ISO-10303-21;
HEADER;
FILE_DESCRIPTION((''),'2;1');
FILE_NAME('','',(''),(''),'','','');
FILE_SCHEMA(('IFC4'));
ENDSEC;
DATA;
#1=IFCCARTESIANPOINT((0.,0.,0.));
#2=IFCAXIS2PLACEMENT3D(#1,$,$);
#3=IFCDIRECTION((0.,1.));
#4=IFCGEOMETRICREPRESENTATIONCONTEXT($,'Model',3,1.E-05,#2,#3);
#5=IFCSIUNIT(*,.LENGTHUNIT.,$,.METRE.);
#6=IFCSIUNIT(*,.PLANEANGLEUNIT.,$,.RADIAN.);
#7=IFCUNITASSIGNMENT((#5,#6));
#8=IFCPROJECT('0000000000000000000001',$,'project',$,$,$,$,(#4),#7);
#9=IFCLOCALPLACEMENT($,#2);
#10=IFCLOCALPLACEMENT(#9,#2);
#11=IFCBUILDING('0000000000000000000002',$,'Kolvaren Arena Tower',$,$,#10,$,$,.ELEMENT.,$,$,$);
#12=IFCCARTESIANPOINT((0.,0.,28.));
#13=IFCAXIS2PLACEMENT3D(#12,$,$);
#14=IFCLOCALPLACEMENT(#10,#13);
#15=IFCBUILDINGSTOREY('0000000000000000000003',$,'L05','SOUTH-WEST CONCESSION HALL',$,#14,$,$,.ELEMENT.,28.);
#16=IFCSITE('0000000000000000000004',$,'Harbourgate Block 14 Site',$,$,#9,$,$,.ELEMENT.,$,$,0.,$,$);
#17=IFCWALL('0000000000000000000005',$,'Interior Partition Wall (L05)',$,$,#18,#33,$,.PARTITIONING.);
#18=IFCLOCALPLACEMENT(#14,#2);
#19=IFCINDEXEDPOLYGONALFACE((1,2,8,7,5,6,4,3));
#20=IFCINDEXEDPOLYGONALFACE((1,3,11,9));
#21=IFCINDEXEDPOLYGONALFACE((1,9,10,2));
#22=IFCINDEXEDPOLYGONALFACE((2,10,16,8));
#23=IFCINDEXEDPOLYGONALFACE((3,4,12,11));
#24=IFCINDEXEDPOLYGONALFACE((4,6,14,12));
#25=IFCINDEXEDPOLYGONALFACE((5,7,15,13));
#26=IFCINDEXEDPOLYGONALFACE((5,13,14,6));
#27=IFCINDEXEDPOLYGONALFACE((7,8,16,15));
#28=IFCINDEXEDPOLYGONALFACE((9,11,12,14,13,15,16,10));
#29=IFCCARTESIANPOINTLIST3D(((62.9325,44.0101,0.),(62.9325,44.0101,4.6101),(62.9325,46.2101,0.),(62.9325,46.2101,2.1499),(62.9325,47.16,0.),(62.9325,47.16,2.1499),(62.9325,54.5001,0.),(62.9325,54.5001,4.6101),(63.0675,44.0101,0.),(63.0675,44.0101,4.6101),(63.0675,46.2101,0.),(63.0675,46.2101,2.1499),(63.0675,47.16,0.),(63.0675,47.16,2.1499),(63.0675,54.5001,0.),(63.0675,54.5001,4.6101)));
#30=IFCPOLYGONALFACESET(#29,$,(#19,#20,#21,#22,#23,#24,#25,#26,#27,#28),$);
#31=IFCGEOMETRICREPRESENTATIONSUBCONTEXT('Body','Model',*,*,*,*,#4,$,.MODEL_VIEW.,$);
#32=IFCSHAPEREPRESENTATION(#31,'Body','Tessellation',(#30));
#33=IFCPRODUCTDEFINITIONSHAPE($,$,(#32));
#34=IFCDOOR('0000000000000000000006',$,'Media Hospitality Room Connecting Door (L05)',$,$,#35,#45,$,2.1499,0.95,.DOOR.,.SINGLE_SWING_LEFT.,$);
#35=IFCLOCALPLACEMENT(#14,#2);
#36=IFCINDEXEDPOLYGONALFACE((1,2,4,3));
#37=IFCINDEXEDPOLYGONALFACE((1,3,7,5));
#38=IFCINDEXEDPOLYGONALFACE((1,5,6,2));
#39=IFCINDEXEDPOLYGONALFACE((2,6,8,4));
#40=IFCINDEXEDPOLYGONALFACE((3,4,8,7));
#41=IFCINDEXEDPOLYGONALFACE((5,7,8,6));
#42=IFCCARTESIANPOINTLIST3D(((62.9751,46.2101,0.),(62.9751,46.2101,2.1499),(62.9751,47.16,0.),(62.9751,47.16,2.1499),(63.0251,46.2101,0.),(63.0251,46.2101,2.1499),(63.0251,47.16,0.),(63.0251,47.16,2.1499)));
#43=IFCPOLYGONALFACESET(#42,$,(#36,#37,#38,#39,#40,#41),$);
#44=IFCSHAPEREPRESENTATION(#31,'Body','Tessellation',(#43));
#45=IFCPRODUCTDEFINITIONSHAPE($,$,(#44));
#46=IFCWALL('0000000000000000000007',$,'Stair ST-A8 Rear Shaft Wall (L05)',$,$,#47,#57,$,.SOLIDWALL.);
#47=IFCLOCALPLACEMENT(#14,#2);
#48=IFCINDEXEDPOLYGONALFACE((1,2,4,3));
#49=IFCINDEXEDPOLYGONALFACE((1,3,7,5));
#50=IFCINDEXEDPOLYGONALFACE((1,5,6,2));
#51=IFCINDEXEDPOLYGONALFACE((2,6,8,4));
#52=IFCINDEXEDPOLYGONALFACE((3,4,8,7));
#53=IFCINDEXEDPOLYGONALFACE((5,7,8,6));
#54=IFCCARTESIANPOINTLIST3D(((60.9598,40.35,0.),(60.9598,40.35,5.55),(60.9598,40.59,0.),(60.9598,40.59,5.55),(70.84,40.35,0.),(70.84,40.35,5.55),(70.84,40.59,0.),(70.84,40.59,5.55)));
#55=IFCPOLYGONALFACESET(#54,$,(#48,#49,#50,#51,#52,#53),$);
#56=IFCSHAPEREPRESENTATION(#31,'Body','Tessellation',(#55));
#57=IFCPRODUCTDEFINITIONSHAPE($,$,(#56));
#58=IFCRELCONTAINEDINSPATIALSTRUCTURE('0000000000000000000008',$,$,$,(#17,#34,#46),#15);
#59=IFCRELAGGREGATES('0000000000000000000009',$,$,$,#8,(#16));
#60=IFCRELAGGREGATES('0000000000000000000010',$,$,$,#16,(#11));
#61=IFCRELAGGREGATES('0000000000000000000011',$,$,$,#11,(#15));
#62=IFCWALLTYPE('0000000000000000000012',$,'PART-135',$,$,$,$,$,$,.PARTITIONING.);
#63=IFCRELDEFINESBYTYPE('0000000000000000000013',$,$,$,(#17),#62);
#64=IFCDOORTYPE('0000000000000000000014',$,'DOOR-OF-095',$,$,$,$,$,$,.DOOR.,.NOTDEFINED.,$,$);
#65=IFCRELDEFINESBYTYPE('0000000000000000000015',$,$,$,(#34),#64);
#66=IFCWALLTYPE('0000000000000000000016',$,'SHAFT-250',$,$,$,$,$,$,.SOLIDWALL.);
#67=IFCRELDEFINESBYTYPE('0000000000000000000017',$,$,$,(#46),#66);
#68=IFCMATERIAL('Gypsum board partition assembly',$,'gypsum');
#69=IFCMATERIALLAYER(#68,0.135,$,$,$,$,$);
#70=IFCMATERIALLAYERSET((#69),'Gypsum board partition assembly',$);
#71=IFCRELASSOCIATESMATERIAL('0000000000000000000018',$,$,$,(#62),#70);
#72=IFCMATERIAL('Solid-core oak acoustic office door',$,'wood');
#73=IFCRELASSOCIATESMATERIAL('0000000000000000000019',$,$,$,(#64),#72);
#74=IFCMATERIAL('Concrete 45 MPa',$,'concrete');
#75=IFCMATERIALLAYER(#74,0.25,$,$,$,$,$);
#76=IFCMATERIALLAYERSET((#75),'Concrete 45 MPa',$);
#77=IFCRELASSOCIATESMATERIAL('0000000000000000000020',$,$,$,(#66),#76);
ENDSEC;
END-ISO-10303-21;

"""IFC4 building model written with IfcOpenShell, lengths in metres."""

from ifc_helpers import new_model, si_unit, direction, frame, frame_2d, origin, place, context, subcontext, project, spatial, rectangle, extrude, material, layer, layer_set, type_object, element, fill, save


model = new_model("IFC4")

# Units and contexts
model_context = context("Model", 3, precision=1e-05, world=origin(), true_north=direction((0.0, 1.0)))
body_context = subcontext(model_context, "Body", "Model", "MODEL_VIEW")
ifc_project = project(units=[si_unit("LENGTHUNIT", "METRE"), si_unit("PLANEANGLEUNIT", "RADIAN")], contexts=[model_context])

# Site, building, storey
site_placement = place(None, origin())
site = spatial("IfcSite", under=ifc_project, at=site_placement, Name="Harbourgate Block 14 Site", CompositionType="ELEMENT", RefElevation=0.0)
building_placement = place(site_placement, origin())
building = spatial("IfcBuilding", under=site, at=building_placement, Name="Kolvaren Arena Tower", CompositionType="ELEMENT")
storey_placement = place(building_placement, frame((0.0, 0.0, 28.0)))
storey = spatial("IfcBuildingStorey", under=building, at=storey_placement, Name="L05", Description="SOUTH-WEST CONCESSION HALL", CompositionType="ELEMENT", Elevation=28.0)

# Wall, opening, door
ifc_material_1 = material(Name="Gypsum board partition assembly", Category="gypsum")
ifc_layer_1 = layer(ifc_material_1, 0.135)
ifc_layer_set_1 = layer_set([ifc_layer_1], Name="Gypsum board partition assembly")
wall_type_1 = type_object("IfcWallType", Name="PART-135", PredefinedType="PARTITIONING", material=ifc_layer_set_1)
ifc_material_2 = material(Name="Solid-core oak acoustic office door", Category="wood")
door_type = type_object("IfcDoorType", Name="DOOR-OF-095", OperationType="NOTDEFINED", PredefinedType="DOOR", material=ifc_material_2)
wall_1_placement = place(storey_placement, frame((63.0, 44.01, 0.0), z_axis=(0.0, 0.0, 1.0), x_axis=(0.0, 1.0, 0.0)))
wall_1 = element("IfcWall", 1, at=wall_1_placement, inside=storey, type_object=wall_type_1, Name="Interior Partition Wall (L05)", PredefinedType="PARTITIONING", context=body_context, shape_type="SweptSolid", body=[
    extrude(rectangle(XDim=10.49, YDim=0.135, at=frame_2d((5.2451, 0.0))), origin(), (0.0, 0.0, 1.0), 4.6101),
])
opening_1_placement = place(wall_1_placement, frame((2.2, 0.0, 0.0)))
opening_1 = element("IfcOpeningElement", 2, at=opening_1_placement, cuts=wall_1, PredefinedType="OPENING", context=body_context, shape_type="SweptSolid", body=[
    extrude(rectangle(XDim=0.95, YDim=2.1499, at=frame_2d((0.4751, 1.075))), frame((0.0, 0.0774, 0.0), z_axis=(0.0, -1.0, 0.0), x_axis=(1.0, 0.0, 0.0)), (0.0, 0.0, 1.0), 0.155),
])
door_1_placement = place(opening_1_placement, origin())
door_1 = element("IfcDoor", 3, at=door_1_placement, inside=storey, type_object=door_type, Name="Media Hospitality Room Connecting Door (L05)", OperationType="SINGLE_SWING_LEFT", OverallHeight=2.1499, OverallWidth=0.95, PredefinedType="DOOR", context=body_context, shape_type="SweptSolid", body=[
    extrude(rectangle(XDim=0.95, YDim=2.1499, at=frame_2d((0.4751, 1.075))), frame((0.0, 0.0249, 0.0), z_axis=(0.0, -1.0, 0.0), x_axis=(1.0, 0.0, 0.0)), (0.0, 0.0, 1.0), 0.05),
])
fill(opening_1, door_1)

# Wall
ifc_material_3 = material(Name="Concrete 45 MPa", Category="concrete")
ifc_layer_2 = layer(ifc_material_3, 0.25)
ifc_layer_set_2 = layer_set([ifc_layer_2], Name="Concrete 45 MPa")
wall_type_2 = type_object("IfcWallType", Name="SHAFT-250", PredefinedType="SOLIDWALL", material=ifc_layer_set_2)
wall_2_placement = place(storey_placement, frame((60.96, 40.47, 0.0), z_axis=(0.0, 0.0, 1.0), x_axis=(1.0, 0.0, 0.0)))
element("IfcWall", 4, at=wall_2_placement, inside=storey, type_object=wall_type_2, Name="Stair ST-A8 Rear Shaft Wall (L05)", PredefinedType="SOLIDWALL", context=body_context, shape_type="SweptSolid", body=[
    extrude(rectangle(XDim=9.8801, YDim=0.24, at=frame_2d((4.9399, 0.0))), origin(), (0.0, 0.0, 1.0), 5.55),
])

save(model, "model.ifc")
